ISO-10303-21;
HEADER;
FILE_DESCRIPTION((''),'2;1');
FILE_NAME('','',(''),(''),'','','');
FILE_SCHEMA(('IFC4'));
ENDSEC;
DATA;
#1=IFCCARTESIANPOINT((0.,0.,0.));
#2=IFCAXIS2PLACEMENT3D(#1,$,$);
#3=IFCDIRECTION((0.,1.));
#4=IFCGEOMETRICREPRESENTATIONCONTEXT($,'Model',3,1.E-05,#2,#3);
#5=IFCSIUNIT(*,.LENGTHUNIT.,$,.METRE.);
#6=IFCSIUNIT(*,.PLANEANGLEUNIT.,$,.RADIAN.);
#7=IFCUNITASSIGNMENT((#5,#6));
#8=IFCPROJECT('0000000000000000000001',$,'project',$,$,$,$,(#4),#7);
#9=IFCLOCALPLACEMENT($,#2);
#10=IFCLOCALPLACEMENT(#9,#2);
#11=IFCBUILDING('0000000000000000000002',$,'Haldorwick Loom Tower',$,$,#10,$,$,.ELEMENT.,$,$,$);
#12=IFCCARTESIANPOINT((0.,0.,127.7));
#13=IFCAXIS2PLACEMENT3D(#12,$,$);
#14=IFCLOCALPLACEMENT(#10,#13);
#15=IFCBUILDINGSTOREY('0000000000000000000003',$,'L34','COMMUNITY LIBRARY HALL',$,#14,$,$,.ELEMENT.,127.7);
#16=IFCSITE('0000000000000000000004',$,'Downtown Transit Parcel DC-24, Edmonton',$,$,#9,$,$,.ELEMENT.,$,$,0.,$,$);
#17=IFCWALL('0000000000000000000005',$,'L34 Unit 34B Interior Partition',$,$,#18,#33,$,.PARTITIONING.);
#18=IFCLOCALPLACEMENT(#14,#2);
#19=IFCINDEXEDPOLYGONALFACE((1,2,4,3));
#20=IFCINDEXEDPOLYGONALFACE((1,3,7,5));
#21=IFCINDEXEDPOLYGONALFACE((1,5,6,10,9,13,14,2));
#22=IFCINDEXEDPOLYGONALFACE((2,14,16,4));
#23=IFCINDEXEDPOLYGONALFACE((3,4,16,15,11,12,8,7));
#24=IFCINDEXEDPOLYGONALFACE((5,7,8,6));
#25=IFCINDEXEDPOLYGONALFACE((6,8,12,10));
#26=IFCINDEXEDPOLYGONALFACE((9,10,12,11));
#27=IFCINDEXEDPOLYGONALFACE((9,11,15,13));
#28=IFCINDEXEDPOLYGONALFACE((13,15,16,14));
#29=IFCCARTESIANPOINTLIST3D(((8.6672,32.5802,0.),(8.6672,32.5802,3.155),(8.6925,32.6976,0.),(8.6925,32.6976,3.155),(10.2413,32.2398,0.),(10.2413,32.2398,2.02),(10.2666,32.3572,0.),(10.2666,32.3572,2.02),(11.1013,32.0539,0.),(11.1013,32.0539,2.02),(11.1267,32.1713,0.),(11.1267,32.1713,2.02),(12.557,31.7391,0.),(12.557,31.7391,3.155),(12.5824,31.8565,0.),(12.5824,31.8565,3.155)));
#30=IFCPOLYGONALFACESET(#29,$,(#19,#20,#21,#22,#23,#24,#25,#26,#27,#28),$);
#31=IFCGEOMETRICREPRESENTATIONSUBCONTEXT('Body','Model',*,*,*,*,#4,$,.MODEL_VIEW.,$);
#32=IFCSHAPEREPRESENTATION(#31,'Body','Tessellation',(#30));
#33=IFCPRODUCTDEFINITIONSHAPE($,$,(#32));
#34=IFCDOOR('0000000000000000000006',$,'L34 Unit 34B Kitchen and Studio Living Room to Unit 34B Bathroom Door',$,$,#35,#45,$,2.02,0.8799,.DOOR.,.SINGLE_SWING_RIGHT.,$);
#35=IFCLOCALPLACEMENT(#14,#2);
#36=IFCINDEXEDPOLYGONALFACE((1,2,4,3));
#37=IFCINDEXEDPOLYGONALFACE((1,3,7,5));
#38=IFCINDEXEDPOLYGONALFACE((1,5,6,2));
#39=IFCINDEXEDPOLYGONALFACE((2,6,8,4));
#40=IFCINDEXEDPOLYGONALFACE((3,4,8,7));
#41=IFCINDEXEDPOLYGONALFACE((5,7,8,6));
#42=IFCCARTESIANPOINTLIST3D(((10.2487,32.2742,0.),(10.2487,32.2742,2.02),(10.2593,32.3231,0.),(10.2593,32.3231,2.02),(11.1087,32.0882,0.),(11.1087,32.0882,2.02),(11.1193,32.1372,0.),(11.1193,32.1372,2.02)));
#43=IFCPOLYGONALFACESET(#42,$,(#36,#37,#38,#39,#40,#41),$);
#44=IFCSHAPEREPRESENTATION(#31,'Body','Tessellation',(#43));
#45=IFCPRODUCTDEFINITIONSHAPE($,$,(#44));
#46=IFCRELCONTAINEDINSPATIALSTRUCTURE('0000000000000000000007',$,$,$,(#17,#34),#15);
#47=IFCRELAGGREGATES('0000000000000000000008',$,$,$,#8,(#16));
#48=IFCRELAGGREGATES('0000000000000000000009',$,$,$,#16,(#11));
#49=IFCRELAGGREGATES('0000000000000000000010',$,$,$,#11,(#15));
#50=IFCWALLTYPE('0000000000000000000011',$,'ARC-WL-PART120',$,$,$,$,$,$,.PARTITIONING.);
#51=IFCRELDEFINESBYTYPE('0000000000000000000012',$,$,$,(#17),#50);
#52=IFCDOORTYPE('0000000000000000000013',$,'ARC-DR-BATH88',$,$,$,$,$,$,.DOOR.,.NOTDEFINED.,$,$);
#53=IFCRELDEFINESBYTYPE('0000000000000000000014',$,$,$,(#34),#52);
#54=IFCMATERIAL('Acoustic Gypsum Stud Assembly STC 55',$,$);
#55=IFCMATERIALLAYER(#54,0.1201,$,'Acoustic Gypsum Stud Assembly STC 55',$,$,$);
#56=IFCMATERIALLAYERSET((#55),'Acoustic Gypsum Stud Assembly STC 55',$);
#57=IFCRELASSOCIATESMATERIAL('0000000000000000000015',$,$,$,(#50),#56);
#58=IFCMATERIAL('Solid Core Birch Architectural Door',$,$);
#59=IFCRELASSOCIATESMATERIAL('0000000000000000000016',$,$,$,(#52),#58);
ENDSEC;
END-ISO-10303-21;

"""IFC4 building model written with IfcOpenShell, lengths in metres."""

from ifc_helpers import new_model, si_unit, direction, frame, frame_2d, origin, place, context, subcontext, project, spatial, rectangle, extrude, material, layer, layer_set, type_object, element, fill, save


model = new_model("IFC4")

# Units and contexts
model_context = context("Model", 3, precision=1e-05, world=origin(), true_north=direction((0.0, 1.0)))
body_context = subcontext(model_context, "Body", "Model", "MODEL_VIEW")
ifc_project = project(units=[si_unit("LENGTHUNIT", "METRE"), si_unit("PLANEANGLEUNIT", "RADIAN")], contexts=[model_context])

# Site, building, storey
site_placement = place(None, origin())
site = spatial("IfcSite", under=ifc_project, at=site_placement, Name="Downtown Transit Parcel DC-24, Edmonton", CompositionType="ELEMENT", RefElevation=0.0)
building_placement = place(site_placement, origin())
building = spatial("IfcBuilding", under=site, at=building_placement, Name="Haldorwick Loom Tower", CompositionType="ELEMENT")
storey_placement = place(building_placement, frame((0.0, 0.0, 127.7)))
storey = spatial("IfcBuildingStorey", under=building, at=storey_placement, Name="L34", Description="COMMUNITY LIBRARY HALL", CompositionType="ELEMENT", Elevation=127.7)

# Shared definitions
ifc_material_1 = material(Name="Solid Core Birch Architectural Door")

# Wall, opening, door
ifc_material_2 = material(Name="Acoustic Gypsum Stud Assembly STC 55")
ifc_layer_1 = layer(ifc_material_2, 0.1201, Name="Acoustic Gypsum Stud Assembly STC 55")
ifc_layer_set_1 = layer_set([ifc_layer_1], Name="Acoustic Gypsum Stud Assembly STC 55")
wall_type_1 = type_object("IfcWallType", Name="ARC-WL-PART120", PredefinedType="PARTITIONING", material=ifc_layer_set_1)
wall_1_placement = place(storey_placement, frame((12.5696, 31.7979, 0.0), z_axis=(0.0, 0.0, 1.0), x_axis=(-0.977414, 0.211334, 0.0)))
wall_1 = element("IfcWall", 1, at=wall_1_placement, inside=storey, type_object=wall_type_1, Name="L34 Unit 34B Interior Partition", PredefinedType="PARTITIONING", context=body_context, shape_type="SweptSolid", body=[
    extrude(rectangle(XDim=3.9797, YDim=0.1201, at=frame_2d((1.9897, 0.0))), origin(), (0.0, 0.0, 1.0), 3.155),
])
opening_1_placement = place(wall_1_placement, frame((1.4893, 0.0, 0.0)))
opening_1 = element("IfcOpeningElement", 2, at=opening_1_placement, cuts=wall_1, PredefinedType="OPENING", context=body_context, shape_type="SweptSolid", body=[
    extrude(rectangle(XDim=0.8799, YDim=2.02, at=frame_2d((0.4399, 1.01))), frame((0.0, 0.0701, 0.0), z_axis=(0.0, -1.0, 0.0), x_axis=(1.0, 0.0, 0.0)), (0.0, 0.0, 1.0), 0.1401),
])
door_type_1 = type_object("IfcDoorType", Name="ARC-DR-BATH88", OperationType="NOTDEFINED", PredefinedType="DOOR", material=ifc_material_1)
door_1_placement = place(opening_1_placement, origin())
door_1 = element("IfcDoor", 3, at=door_1_placement, inside=storey, type_object=door_type_1, Name="L34 Unit 34B Kitchen and Studio Living Room to Unit 34B Bathroom Door", OperationType="SINGLE_SWING_RIGHT", OverallHeight=2.02, OverallWidth=0.8799, PredefinedType="DOOR", context=body_context, shape_type="SweptSolid", body=[
    extrude(rectangle(XDim=0.8799, YDim=2.02, at=frame_2d((0.4399, 1.01))), frame((0.0, 0.0249, 0.0), z_axis=(0.0, -1.0, 0.0), x_axis=(1.0, 0.0, 0.0)), (0.0, 0.0, 1.0), 0.05),
])
fill(opening_1, door_1)

save(model, "model.ifc")
